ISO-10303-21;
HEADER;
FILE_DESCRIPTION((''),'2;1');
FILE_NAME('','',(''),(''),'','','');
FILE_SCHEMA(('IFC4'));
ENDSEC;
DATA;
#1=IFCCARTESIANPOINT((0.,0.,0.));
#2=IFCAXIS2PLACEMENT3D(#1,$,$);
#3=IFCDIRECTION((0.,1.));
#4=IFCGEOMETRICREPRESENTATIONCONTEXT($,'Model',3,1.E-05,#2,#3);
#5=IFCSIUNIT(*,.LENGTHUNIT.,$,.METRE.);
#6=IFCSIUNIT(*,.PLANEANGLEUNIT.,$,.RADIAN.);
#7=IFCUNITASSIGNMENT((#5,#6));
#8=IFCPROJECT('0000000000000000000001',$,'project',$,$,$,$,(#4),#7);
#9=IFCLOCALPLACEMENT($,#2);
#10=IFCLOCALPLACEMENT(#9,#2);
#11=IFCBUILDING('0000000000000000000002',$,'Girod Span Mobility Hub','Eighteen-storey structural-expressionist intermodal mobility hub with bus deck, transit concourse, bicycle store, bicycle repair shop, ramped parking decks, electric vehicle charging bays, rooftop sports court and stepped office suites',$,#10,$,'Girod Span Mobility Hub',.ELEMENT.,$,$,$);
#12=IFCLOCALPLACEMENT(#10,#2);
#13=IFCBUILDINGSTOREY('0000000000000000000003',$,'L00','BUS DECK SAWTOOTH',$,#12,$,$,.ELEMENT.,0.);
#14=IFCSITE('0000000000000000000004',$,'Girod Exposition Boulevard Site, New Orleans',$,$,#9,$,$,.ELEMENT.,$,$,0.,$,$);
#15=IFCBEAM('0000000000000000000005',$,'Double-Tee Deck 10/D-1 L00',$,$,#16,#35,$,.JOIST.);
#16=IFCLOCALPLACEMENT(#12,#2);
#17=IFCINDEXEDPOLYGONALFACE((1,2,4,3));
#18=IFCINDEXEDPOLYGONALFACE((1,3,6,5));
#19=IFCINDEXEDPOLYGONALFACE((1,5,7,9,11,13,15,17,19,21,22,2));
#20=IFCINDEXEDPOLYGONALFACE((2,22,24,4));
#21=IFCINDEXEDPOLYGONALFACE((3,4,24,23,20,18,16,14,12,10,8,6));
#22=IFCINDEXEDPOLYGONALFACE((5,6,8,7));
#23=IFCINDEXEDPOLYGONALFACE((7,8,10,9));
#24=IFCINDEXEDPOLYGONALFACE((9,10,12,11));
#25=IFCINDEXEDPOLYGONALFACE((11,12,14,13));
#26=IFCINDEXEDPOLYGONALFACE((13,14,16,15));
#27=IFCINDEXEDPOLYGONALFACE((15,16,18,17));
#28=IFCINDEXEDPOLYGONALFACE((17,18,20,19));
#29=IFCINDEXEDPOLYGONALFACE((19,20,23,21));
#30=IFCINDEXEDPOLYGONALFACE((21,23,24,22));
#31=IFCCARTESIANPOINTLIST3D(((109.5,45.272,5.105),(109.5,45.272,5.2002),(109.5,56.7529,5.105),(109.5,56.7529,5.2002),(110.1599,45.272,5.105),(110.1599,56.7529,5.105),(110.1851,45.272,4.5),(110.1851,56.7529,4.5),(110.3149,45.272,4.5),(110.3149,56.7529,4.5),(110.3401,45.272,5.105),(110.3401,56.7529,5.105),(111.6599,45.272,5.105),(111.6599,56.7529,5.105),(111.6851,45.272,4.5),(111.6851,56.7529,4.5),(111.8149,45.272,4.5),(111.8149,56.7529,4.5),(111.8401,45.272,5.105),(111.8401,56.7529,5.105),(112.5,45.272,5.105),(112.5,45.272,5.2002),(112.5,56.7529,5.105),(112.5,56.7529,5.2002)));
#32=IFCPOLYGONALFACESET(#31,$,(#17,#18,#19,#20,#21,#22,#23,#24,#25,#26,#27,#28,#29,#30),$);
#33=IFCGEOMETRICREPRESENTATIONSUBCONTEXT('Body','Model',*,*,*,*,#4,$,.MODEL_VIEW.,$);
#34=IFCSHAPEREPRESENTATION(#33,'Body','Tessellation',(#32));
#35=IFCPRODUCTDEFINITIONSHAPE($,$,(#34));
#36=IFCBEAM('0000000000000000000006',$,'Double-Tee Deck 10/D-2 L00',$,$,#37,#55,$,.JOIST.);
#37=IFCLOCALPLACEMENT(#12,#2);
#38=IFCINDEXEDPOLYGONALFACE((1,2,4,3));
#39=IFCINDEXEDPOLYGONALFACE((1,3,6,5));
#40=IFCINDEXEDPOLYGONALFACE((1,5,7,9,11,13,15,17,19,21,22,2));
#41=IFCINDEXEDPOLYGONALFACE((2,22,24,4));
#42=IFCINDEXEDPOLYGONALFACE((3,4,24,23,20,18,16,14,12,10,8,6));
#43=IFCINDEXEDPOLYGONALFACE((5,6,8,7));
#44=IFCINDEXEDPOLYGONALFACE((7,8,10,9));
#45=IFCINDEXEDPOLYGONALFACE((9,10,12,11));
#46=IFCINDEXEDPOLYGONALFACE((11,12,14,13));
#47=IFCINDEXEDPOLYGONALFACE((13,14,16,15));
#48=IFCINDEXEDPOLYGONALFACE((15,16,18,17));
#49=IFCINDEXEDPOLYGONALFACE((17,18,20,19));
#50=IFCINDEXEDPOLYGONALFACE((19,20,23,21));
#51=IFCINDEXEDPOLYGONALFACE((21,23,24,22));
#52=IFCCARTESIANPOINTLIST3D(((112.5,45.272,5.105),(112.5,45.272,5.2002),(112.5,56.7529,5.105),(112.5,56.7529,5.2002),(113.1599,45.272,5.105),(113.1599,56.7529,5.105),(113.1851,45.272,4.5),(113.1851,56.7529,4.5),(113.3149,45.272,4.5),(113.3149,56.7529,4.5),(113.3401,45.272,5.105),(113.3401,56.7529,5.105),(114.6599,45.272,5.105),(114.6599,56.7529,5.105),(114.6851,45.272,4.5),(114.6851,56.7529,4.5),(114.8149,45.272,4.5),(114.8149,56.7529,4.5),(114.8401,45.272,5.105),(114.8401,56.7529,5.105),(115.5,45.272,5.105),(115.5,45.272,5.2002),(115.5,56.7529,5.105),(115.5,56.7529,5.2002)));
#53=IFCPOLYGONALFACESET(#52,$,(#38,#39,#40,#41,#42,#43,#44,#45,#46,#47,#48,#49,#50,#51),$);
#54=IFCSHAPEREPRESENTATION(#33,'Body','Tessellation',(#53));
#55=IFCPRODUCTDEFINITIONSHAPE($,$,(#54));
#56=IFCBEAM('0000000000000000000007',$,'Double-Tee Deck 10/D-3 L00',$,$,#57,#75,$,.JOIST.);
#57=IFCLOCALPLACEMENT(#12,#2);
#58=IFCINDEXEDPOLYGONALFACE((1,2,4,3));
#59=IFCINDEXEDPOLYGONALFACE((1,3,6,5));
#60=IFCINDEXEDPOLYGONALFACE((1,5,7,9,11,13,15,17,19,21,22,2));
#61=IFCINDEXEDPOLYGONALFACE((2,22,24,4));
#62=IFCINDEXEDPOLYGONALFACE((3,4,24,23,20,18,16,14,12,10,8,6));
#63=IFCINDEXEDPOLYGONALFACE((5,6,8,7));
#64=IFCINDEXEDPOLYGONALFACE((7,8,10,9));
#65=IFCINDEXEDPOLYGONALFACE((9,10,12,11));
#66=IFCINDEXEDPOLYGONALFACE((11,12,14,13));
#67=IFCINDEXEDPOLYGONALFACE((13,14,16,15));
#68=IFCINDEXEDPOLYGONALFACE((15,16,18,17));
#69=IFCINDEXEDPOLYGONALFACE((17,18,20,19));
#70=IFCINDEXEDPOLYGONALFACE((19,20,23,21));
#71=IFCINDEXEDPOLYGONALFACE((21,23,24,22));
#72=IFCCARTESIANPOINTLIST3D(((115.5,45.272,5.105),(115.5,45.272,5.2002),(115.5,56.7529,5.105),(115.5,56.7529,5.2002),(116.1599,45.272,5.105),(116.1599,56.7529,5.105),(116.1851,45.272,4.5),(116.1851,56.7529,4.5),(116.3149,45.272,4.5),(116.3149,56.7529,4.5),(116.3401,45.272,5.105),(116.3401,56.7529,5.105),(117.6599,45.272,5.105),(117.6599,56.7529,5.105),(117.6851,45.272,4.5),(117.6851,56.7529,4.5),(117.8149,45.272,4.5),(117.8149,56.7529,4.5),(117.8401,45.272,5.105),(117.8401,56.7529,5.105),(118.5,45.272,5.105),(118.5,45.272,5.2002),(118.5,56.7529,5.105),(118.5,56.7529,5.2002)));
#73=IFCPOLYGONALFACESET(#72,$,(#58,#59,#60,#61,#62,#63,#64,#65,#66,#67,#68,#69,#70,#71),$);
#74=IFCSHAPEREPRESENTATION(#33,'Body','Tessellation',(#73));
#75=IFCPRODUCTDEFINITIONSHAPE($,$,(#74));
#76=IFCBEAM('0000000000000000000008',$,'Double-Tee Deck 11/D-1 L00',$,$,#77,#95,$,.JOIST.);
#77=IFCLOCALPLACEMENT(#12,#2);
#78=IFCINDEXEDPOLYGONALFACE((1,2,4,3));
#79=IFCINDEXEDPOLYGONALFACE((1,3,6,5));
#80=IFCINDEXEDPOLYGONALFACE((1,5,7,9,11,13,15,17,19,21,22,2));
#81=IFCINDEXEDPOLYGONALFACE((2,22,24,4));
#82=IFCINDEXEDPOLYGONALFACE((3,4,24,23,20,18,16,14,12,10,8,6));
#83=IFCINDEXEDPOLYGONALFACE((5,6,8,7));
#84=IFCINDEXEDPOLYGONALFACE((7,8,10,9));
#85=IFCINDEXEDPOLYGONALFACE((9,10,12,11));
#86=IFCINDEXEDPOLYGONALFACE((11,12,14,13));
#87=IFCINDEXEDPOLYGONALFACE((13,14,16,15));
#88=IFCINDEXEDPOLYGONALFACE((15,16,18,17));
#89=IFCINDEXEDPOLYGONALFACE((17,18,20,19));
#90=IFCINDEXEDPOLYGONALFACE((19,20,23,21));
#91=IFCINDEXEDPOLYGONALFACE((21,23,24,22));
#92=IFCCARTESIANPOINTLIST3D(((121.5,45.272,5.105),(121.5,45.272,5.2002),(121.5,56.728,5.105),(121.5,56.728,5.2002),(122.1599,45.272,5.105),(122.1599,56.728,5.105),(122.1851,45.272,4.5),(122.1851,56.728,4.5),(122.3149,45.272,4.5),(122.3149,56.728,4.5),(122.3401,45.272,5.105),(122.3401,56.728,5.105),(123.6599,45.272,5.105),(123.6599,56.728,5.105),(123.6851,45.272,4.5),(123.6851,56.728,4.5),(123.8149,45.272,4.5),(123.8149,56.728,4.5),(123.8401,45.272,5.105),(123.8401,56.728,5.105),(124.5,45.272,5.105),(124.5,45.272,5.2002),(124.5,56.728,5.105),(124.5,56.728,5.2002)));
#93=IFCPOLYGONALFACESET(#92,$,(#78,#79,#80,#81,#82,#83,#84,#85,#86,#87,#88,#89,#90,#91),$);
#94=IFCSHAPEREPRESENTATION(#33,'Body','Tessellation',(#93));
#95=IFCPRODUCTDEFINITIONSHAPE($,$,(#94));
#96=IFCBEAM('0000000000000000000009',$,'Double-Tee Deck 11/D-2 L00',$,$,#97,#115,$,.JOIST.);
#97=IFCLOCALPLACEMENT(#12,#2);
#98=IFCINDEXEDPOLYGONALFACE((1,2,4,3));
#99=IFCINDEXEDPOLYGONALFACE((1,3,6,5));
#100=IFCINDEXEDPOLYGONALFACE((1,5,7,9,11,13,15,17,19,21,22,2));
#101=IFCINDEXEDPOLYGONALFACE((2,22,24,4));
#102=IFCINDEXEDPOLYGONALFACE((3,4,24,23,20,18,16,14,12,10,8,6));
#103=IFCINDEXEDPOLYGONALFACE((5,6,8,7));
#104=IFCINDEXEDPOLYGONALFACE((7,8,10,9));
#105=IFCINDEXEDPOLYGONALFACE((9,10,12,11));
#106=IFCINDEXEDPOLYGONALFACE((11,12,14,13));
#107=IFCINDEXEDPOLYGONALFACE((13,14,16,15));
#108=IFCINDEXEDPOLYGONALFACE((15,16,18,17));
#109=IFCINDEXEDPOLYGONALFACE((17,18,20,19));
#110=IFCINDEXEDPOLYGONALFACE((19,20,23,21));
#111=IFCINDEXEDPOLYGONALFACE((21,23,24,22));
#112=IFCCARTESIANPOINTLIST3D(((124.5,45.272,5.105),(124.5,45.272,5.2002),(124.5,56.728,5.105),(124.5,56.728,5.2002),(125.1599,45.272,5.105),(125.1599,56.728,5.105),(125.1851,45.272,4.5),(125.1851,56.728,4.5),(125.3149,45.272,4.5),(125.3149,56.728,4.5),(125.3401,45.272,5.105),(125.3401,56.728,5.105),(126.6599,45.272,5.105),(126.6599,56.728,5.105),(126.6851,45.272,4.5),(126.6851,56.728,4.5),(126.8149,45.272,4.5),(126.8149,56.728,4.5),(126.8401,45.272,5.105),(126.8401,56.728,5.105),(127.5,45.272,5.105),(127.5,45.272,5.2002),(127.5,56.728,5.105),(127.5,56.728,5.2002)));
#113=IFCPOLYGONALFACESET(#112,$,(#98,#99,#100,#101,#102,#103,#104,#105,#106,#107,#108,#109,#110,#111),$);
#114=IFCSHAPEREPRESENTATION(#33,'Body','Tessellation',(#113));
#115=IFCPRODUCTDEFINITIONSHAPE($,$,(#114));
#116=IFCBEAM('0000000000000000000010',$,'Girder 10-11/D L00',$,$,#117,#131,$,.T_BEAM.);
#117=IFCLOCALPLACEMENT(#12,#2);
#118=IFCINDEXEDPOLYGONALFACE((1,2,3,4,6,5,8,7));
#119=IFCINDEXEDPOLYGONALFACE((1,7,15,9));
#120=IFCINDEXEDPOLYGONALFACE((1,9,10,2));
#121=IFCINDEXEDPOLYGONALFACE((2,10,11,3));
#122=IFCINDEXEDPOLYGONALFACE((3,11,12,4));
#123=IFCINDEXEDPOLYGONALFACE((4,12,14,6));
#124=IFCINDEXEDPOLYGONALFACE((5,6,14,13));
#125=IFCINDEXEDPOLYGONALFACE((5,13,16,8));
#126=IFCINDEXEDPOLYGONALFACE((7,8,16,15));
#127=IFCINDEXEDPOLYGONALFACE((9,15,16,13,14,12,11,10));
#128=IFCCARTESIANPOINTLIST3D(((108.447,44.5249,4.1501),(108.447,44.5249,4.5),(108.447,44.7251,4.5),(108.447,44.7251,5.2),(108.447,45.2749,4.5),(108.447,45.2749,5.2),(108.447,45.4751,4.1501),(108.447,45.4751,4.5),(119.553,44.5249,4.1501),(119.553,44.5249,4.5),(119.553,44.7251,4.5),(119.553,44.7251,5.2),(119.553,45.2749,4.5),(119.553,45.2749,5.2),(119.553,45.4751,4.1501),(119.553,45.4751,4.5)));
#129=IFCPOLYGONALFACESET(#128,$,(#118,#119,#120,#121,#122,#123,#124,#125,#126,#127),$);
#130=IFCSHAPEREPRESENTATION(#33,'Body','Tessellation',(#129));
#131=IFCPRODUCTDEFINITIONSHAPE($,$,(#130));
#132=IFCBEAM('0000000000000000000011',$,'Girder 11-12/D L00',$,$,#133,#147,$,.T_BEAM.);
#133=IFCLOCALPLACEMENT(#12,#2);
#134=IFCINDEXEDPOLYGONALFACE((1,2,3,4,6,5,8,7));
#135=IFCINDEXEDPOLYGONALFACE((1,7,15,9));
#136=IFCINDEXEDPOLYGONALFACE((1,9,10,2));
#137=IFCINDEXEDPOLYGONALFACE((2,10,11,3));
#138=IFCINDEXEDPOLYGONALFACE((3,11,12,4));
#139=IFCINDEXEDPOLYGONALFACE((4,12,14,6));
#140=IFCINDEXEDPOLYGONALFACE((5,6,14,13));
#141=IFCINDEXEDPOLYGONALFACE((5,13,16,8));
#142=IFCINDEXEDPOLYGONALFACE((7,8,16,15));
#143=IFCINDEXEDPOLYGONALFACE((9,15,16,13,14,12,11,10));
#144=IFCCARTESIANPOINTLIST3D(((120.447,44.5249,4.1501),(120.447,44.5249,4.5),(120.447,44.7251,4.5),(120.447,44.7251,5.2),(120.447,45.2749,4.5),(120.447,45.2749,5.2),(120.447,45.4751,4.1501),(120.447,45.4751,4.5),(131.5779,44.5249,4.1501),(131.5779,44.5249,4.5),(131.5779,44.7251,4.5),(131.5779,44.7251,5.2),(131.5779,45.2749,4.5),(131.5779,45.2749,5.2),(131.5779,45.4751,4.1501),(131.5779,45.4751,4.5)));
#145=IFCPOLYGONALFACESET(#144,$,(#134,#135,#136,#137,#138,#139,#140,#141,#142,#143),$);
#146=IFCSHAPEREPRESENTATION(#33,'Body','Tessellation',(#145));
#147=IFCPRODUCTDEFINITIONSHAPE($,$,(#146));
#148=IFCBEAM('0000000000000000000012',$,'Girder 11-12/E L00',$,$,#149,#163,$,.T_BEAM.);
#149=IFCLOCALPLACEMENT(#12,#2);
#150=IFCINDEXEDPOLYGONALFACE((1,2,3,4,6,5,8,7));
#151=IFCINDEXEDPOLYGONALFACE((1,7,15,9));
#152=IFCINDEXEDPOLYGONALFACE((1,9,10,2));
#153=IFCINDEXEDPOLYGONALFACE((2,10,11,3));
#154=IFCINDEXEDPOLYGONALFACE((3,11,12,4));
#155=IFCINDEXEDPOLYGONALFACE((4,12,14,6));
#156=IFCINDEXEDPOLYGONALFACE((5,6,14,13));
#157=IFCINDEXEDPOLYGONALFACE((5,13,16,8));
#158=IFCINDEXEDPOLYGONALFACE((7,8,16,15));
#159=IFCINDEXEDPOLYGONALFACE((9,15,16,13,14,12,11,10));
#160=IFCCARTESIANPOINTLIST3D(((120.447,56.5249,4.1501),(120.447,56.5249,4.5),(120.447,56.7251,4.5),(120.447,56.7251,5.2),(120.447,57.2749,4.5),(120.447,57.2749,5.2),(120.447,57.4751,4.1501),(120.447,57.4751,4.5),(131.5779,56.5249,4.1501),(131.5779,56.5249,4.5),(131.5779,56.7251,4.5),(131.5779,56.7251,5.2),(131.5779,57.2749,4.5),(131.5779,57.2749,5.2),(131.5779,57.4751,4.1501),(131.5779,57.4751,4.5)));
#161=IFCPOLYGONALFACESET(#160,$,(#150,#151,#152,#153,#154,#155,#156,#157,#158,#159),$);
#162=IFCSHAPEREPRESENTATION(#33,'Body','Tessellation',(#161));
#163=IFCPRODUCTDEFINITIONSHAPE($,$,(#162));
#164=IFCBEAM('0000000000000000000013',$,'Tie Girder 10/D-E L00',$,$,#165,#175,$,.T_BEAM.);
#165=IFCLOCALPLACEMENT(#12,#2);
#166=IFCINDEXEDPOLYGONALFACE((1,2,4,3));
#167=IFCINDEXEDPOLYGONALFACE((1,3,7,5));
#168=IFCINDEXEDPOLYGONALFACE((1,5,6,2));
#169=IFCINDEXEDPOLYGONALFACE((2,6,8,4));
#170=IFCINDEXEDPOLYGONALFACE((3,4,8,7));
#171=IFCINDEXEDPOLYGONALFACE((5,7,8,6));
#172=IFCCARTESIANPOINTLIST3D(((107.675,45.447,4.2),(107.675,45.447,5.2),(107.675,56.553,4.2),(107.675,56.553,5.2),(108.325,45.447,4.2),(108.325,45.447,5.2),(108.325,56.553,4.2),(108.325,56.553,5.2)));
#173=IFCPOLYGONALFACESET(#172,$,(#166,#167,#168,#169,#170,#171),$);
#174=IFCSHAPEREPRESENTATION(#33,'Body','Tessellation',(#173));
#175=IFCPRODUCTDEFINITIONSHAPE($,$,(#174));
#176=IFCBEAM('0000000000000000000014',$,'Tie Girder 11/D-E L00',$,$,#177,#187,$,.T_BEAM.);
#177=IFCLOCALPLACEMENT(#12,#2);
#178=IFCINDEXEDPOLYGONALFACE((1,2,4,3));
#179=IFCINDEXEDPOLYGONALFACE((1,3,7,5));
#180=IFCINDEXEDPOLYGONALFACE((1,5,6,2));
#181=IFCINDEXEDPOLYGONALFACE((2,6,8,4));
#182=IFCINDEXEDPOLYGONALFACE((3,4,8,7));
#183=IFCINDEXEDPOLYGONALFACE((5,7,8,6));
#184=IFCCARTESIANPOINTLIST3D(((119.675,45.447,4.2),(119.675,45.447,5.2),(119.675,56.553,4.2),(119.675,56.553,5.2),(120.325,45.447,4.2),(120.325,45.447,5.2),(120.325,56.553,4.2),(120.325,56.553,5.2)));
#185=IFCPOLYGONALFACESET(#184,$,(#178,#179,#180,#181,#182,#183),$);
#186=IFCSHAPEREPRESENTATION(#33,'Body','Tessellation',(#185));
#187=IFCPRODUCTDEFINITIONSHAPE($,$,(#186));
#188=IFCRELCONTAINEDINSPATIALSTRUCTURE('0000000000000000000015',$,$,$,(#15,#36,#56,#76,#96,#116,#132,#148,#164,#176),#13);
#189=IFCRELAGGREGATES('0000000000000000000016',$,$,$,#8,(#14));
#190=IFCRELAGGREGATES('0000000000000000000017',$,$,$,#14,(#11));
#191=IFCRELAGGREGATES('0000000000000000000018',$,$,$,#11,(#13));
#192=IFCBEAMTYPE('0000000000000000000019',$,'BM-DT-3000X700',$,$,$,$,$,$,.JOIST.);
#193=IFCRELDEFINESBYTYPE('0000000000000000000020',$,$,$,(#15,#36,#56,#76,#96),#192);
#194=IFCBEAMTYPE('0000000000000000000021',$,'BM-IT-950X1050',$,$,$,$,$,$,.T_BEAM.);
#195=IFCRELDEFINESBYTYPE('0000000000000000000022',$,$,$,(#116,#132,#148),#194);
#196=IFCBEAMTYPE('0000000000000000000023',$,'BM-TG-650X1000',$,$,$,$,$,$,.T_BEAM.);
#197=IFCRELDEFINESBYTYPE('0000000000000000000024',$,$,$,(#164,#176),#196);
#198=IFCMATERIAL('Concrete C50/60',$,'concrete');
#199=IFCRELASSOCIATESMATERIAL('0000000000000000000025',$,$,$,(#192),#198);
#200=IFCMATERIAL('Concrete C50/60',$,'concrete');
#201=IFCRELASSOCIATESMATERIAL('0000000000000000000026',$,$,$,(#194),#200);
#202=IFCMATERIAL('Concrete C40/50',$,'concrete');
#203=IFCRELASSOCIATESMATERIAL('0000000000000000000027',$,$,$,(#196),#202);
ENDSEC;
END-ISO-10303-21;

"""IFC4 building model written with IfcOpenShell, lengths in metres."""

from ifc_helpers import new_model, si_unit, direction, frame, origin, origin_2d, place, context, subcontext, project, spatial, polyline, rectangle, outline, extrude, material, material_profile, profile_set, type_object, element, save


model = new_model("IFC4")

# Units and contexts
model_context = context("Model", 3, precision=1e-05, world=origin(), true_north=direction((0.0, 1.0)))
body_context = subcontext(model_context, "Body", "Model", "MODEL_VIEW")
ifc_project = project(units=[si_unit("LENGTHUNIT", "METRE"), si_unit("PLANEANGLEUNIT", "RADIAN")], contexts=[model_context])

# Site, building, storey
site_placement = place(None, origin())
site = spatial("IfcSite", under=ifc_project, at=site_placement, Name="Girod Exposition Boulevard Site, New Orleans", CompositionType="ELEMENT", RefElevation=0.0)
building_placement = place(site_placement, origin())
building = spatial("IfcBuilding", under=site, at=building_placement, Name="Girod Span Mobility Hub", Description="Eighteen-storey structural-expressionist intermodal mobility hub with bus deck, transit concourse, bicycle store, bicycle repair shop, ramped parking decks, electric vehicle charging bays, rooftop sports court and stepped office suites", LongName="Girod Span Mobility Hub", CompositionType="ELEMENT")
storey_placement = place(building_placement, origin())
storey = spatial("IfcBuildingStorey", under=building, at=storey_placement, Name="L00", Description="BUS DECK SAWTOOTH", CompositionType="ELEMENT", Elevation=0.0)

# Beams
ifc_material_1 = material(Name="Concrete C50/60", Category="concrete")
ifc_material_profile_1 = material_profile(ifc_material_1, outline(polyline([(-1.5, 0.3501), (-1.5, 0.2549), (-0.8401, 0.2549), (-0.8149, -0.3501), (-0.6851, -0.3501), (-0.6599, 0.2549), (0.6599, 0.2549), (0.6851, -0.3501), (0.8149, -0.3501), (0.8401, 0.2549), (1.5, 0.2549), (1.5, 0.3501), (-1.5, 0.3501)])), Name="DT-3000X700")
ifc_profile_set_1 = profile_set([ifc_material_profile_1], Name="Concrete C50/60")
beam_type_1 = type_object("IfcBeamType", Name="BM-DT-3000X700", PredefinedType="JOIST", material=ifc_profile_set_1)
for number, where, z_axis, x_axis, name in (
    (1, (111.0, 45.272, 4.8501), (0.0, 1.0, 0.0), (-1.0, 0.0, 0.0), "Double-Tee Deck 10/D-1 L00"),
    (2, (114.0, 45.272, 4.8501), (0.0, 1.0, 0.0), (-1.0, 0.0, 0.0), "Double-Tee Deck 10/D-2 L00"),
    (3, (117.0, 45.272, 4.8501), (0.0, 1.0, 0.0), (-1.0, 0.0, 0.0), "Double-Tee Deck 10/D-3 L00"),
):
    element("IfcBeam", number, at=place(storey_placement, frame(where, z_axis=z_axis, x_axis=x_axis)), inside=storey, type_object=beam_type_1, Name=name, PredefinedType="JOIST", context=body_context, shape_type="SweptSolid", body=[
        extrude(outline(polyline([(-1.5, 0.3501), (-1.5, 0.2549), (-0.8401, 0.2549), (-0.8149, -0.3501), (-0.6851, -0.3501), (-0.6599, 0.2549), (0.6599, 0.2549), (0.6851, -0.3501), (0.8149, -0.3501), (0.8401, 0.2549), (1.5, 0.2549), (1.5, 0.3501), (-1.5, 0.3501)])), origin(), (0.0, 0.0, 1.0), 11.481),
    ])
for number, where, z_axis, x_axis, name in (
    (4, (123.0, 45.272, 4.8501), (0.0, 1.0, 0.0), (-1.0, 0.0, 0.0), "Double-Tee Deck 11/D-1 L00"),
    (5, (126.0, 45.272, 4.8501), (0.0, 1.0, 0.0), (-1.0, 0.0, 0.0), "Double-Tee Deck 11/D-2 L00"),
):
    element("IfcBeam", number, at=place(storey_placement, frame(where, z_axis=z_axis, x_axis=x_axis)), inside=storey, type_object=beam_type_1, Name=name, PredefinedType="JOIST", context=body_context, shape_type="SweptSolid", body=[
        extrude(outline(polyline([(-1.5, 0.3501), (-1.5, 0.2549), (-0.8401, 0.2549), (-0.8149, -0.3501), (-0.6851, -0.3501), (-0.6599, 0.2549), (0.6599, 0.2549), (0.6851, -0.3501), (0.8149, -0.3501), (0.8401, 0.2549), (1.5, 0.2549), (1.5, 0.3501), (-1.5, 0.3501)])), origin(), (0.0, 0.0, 1.0), 11.4561),
    ])
ifc_material_2 = material(Name="Concrete C50/60", Category="concrete")
ifc_material_profile_2 = material_profile(ifc_material_2, outline(polyline([(-0.4751, -0.5249), (0.4751, -0.5249), (0.4751, -0.175), (0.2749, -0.175), (0.2749, 0.5249), (-0.2749, 0.5249), (-0.2749, -0.175), (-0.4751, -0.175), (-0.4751, -0.5249)])), Name="IT-950X1050")
ifc_profile_set_2 = profile_set([ifc_material_profile_2], Name="Concrete C50/60")
beam_type_2 = type_object("IfcBeamType", Name="BM-IT-950X1050", PredefinedType="T_BEAM", material=ifc_profile_set_2)
beam_placement = place(storey_placement, frame((108.447, 45.0, 4.675), z_axis=(1.0, 0.0, 0.0), x_axis=(0.0, 1.0, 0.0)))
element("IfcBeam", 6, at=beam_placement, inside=storey, type_object=beam_type_2, Name="Girder 10-11/D L00", PredefinedType="T_BEAM", context=body_context, shape_type="SweptSolid", body=[
    extrude(outline(polyline([(-0.4751, -0.5249), (0.4751, -0.5249), (0.4751, -0.175), (0.2749, -0.175), (0.2749, 0.5249), (-0.2749, 0.5249), (-0.2749, -0.175), (-0.4751, -0.175), (-0.4751, -0.5249)])), origin(), (0.0, 0.0, 1.0), 11.106),
])
for number, where, z_axis, x_axis, name in (
    (7, (120.447, 45.0, 4.675), (1.0, 0.0, 0.0), (0.0, 1.0, 0.0), "Girder 11-12/D L00"),
    (8, (120.447, 57.0, 4.675), (1.0, 0.0, 0.0), (0.0, 1.0, 0.0), "Girder 11-12/E L00"),
):
    element("IfcBeam", number, at=place(storey_placement, frame(where, z_axis=z_axis, x_axis=x_axis)), inside=storey, type_object=beam_type_2, Name=name, PredefinedType="T_BEAM", context=body_context, shape_type="SweptSolid", body=[
        extrude(outline(polyline([(-0.4751, -0.5249), (0.4751, -0.5249), (0.4751, -0.175), (0.2749, -0.175), (0.2749, 0.5249), (-0.2749, 0.5249), (-0.2749, -0.175), (-0.4751, -0.175), (-0.4751, -0.5249)])), origin(), (0.0, 0.0, 1.0), 11.1309),
    ])
ifc_material_3 = material(Name="Concrete C40/50", Category="concrete")
ifc_material_profile_3 = material_profile(ifc_material_3, rectangle(XDim=0.6499, YDim=1.0, at=origin_2d()), Name="TG-650X1000")
ifc_profile_set_3 = profile_set([ifc_material_profile_3], Name="Concrete C40/50")
beam_type_3 = type_object("IfcBeamType", Name="BM-TG-650X1000", PredefinedType="T_BEAM", material=ifc_profile_set_3)
for number, where, z_axis, x_axis, name in (
    (9, (108.0, 45.447, 4.7), (0.0, 1.0, 0.0), (-1.0, 0.0, 0.0), "Tie Girder 10/D-E L00"),
    (10, (120.0, 45.447, 4.7), (0.0, 1.0, 0.0), (-1.0, 0.0, 0.0), "Tie Girder 11/D-E L00"),
):
    element("IfcBeam", number, at=place(storey_placement, frame(where, z_axis=z_axis, x_axis=x_axis)), inside=storey, type_object=beam_type_3, Name=name, PredefinedType="T_BEAM", context=body_context, shape_type="SweptSolid", body=[
        extrude(rectangle(XDim=0.6499, YDim=1.0, at=origin_2d()), origin(), (0.0, 0.0, 1.0), 11.106),
    ])

save(model, "model.ifc")
